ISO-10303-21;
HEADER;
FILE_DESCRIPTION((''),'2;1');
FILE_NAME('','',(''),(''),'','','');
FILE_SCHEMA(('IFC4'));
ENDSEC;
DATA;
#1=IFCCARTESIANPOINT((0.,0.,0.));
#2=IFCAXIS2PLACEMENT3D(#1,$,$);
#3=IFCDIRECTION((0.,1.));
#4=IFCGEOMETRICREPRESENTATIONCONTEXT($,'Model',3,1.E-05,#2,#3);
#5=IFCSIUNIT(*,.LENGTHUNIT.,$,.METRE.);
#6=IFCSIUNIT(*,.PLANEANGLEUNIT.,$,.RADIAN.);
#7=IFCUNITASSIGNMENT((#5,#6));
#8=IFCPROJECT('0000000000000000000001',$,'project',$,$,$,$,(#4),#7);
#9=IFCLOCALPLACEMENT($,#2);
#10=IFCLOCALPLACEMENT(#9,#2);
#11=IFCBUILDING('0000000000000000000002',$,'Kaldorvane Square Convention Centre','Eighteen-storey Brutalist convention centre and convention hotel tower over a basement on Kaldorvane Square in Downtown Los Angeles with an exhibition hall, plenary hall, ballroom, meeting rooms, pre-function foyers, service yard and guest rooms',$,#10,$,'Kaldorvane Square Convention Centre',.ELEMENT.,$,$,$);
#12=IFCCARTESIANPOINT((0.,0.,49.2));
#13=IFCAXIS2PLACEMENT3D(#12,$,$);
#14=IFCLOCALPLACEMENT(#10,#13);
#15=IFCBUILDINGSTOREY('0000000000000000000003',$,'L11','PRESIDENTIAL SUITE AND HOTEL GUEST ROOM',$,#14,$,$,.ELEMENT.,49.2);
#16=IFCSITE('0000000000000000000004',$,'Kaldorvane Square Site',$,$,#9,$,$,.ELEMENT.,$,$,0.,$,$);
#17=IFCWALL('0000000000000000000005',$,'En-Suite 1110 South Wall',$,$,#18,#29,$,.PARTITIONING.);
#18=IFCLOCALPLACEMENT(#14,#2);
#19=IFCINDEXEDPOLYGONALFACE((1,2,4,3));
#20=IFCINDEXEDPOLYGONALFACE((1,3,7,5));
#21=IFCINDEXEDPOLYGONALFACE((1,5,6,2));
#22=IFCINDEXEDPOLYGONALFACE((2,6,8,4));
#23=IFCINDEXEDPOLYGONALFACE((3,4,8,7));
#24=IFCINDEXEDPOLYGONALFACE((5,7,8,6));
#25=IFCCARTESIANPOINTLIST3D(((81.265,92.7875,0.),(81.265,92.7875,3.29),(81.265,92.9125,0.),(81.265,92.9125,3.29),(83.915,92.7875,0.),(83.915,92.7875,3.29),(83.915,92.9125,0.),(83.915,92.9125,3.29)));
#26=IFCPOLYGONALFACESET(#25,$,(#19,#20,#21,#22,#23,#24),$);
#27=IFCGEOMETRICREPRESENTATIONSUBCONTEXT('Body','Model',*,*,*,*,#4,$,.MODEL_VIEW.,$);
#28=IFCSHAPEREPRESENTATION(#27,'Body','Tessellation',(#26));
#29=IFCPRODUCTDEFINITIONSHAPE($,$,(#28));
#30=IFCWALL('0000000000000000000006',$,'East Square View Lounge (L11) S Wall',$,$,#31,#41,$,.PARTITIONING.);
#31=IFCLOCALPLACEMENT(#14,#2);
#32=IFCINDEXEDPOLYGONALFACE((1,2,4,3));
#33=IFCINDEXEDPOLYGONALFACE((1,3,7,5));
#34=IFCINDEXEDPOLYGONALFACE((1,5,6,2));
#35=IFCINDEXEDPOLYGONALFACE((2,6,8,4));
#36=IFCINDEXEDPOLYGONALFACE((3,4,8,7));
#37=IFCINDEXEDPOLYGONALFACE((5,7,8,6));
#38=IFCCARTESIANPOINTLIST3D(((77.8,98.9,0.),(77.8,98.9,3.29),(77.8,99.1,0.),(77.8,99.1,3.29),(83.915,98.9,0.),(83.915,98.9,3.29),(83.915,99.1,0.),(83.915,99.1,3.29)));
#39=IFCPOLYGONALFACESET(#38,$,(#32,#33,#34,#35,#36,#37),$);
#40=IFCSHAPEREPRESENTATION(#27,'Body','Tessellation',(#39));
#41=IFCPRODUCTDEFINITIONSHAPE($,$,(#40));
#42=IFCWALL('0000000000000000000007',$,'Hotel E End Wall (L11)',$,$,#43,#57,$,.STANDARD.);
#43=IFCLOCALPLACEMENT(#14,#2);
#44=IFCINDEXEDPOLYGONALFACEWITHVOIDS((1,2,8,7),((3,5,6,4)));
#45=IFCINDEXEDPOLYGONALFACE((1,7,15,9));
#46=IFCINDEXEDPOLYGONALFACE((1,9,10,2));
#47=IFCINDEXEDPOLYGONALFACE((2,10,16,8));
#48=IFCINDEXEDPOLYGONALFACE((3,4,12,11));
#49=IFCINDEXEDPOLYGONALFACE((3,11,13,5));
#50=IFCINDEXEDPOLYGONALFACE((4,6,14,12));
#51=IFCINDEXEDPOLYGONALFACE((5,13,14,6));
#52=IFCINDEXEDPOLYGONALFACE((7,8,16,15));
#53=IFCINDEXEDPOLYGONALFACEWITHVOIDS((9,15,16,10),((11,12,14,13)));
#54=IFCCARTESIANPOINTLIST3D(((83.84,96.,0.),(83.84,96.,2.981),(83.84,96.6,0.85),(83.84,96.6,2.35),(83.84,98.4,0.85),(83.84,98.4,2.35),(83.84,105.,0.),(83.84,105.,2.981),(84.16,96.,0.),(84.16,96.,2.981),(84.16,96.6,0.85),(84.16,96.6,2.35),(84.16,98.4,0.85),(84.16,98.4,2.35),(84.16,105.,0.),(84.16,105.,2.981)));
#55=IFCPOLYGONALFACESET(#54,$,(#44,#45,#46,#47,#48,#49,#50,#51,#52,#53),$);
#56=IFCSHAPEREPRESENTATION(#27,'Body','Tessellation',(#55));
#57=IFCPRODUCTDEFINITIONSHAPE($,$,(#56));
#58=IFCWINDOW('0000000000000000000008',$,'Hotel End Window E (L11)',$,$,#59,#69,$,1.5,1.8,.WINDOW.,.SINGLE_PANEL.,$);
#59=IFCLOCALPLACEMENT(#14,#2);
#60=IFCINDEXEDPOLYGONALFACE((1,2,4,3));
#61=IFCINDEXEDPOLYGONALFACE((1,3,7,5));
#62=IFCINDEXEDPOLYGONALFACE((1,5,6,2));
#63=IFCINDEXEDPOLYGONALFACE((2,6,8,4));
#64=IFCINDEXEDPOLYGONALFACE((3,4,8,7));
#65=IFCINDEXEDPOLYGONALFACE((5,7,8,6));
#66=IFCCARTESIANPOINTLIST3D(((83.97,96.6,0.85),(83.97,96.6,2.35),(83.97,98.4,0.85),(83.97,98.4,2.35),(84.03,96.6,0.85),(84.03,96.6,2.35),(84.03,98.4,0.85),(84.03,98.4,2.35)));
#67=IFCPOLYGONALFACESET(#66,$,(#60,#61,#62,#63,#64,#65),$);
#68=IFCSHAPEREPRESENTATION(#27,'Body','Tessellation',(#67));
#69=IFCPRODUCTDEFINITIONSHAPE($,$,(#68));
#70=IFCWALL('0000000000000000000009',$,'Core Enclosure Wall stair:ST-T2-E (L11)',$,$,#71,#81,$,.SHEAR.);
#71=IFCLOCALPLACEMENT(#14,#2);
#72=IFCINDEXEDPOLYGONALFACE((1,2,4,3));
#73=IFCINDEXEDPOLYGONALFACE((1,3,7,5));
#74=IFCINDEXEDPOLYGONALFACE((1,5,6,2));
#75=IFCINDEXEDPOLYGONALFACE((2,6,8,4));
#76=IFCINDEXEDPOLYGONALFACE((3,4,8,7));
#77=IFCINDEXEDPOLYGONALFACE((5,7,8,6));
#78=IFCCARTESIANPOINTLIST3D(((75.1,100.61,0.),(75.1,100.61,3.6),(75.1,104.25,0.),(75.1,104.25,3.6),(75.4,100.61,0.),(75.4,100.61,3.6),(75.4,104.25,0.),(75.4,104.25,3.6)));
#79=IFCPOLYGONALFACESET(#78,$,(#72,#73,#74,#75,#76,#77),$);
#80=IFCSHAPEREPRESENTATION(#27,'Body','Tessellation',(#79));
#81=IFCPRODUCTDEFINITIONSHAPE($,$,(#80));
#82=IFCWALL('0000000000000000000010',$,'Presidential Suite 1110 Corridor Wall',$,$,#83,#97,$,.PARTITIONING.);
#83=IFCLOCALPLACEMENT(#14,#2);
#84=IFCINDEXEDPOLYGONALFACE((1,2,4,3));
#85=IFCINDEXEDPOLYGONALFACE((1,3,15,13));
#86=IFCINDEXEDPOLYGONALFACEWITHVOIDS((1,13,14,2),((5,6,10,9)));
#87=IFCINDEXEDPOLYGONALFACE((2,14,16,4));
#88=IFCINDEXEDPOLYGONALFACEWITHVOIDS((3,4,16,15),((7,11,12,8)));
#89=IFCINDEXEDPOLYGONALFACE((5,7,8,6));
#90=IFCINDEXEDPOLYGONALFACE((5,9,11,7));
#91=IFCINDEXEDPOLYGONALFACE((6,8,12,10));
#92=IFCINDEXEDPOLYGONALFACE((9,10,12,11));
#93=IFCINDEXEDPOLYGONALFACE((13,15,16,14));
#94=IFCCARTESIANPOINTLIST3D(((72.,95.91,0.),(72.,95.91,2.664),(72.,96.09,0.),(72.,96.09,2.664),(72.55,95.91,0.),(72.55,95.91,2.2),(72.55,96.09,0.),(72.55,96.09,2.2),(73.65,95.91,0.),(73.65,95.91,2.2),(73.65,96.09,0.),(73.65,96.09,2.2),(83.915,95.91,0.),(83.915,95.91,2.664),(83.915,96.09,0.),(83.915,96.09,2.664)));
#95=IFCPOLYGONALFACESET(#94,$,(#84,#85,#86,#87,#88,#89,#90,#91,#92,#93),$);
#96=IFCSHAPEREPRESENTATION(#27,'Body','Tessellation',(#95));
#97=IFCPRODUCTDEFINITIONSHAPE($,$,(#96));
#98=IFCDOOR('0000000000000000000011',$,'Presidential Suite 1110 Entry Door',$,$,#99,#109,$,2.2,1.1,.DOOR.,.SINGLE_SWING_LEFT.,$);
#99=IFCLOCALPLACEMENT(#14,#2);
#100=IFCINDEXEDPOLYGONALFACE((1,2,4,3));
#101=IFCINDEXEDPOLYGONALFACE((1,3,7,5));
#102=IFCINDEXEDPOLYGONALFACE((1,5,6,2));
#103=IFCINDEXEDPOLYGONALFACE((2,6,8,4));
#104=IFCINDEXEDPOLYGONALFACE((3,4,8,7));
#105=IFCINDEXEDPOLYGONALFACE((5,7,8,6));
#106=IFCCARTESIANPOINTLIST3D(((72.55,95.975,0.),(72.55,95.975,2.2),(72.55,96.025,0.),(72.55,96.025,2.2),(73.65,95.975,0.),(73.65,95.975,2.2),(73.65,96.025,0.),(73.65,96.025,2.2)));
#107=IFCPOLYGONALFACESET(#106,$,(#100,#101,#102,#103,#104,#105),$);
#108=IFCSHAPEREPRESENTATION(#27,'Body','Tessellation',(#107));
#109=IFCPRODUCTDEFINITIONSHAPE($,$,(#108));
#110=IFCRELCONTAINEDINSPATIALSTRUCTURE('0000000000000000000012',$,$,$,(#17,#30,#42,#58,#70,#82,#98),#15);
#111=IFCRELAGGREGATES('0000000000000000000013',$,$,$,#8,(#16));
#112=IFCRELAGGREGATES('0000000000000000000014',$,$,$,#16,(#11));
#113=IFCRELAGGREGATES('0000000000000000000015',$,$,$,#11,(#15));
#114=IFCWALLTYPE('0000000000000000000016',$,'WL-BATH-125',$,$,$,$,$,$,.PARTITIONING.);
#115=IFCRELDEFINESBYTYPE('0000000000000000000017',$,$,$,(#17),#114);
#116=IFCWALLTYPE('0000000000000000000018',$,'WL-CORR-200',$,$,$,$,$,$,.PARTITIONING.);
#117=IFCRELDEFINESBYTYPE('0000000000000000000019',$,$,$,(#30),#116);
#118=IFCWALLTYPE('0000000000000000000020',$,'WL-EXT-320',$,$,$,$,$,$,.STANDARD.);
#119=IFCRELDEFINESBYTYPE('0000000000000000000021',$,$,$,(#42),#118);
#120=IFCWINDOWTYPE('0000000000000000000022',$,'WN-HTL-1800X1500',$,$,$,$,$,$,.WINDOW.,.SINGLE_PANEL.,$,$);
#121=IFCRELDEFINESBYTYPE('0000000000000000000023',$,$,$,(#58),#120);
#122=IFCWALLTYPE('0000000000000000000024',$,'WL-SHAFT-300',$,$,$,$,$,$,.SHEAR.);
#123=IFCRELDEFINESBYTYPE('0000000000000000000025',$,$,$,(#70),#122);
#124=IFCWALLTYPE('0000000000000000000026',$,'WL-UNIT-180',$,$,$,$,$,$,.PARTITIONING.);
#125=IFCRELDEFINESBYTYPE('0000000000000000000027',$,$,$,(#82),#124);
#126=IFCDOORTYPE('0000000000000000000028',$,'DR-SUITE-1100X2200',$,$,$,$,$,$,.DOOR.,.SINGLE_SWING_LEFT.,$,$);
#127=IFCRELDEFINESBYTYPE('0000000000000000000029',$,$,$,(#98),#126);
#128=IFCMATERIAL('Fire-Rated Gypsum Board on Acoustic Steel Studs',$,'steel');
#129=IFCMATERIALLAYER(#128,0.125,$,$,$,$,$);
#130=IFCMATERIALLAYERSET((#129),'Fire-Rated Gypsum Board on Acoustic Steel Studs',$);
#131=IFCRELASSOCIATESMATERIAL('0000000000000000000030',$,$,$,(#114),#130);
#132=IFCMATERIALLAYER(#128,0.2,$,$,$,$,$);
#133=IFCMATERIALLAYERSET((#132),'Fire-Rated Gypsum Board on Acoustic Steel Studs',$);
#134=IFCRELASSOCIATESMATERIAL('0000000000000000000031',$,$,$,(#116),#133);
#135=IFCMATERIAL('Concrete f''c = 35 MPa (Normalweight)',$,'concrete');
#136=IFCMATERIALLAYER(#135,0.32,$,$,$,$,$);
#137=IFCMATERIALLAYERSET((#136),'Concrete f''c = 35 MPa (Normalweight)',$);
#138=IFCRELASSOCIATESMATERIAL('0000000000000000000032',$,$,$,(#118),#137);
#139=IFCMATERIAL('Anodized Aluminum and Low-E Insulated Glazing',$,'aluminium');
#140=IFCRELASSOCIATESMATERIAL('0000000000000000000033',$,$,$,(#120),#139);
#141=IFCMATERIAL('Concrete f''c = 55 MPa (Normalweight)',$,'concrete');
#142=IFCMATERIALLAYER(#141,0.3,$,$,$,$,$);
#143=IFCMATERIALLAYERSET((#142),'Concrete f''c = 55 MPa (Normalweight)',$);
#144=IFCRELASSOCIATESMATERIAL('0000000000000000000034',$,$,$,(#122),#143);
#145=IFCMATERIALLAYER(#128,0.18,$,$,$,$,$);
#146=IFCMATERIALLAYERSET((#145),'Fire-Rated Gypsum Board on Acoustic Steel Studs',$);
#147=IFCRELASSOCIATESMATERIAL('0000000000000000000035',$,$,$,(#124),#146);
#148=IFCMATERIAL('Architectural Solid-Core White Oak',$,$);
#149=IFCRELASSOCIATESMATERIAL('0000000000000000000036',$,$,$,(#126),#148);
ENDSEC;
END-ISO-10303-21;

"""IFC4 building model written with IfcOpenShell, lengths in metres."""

from ifc_helpers import new_model, si_unit, direction, frame, frame_2d, origin, place, context, subcontext, project, spatial, rectangle, extrude, material, layer, layer_set, type_object, element, fill, save


model = new_model("IFC4")

# Units and contexts
model_context = context("Model", 3, precision=1e-05, world=origin(), true_north=direction((0.0, 1.0)))
body_context = subcontext(model_context, "Body", "Model", "MODEL_VIEW")
ifc_project = project(units=[si_unit("LENGTHUNIT", "METRE"), si_unit("PLANEANGLEUNIT", "RADIAN")], contexts=[model_context])

# Site, building, storey
site_placement = place(None, origin())
site = spatial("IfcSite", under=ifc_project, at=site_placement, Name="Kaldorvane Square Site", CompositionType="ELEMENT", RefElevation=0.0)
building_placement = place(site_placement, origin())
building = spatial("IfcBuilding", under=site, at=building_placement, Name="Kaldorvane Square Convention Centre", Description="Eighteen-storey Brutalist convention centre and convention hotel tower over a basement on Kaldorvane Square in Downtown Los Angeles with an exhibition hall, plenary hall, ballroom, meeting rooms, pre-function foyers, service yard and guest rooms", LongName="Kaldorvane Square Convention Centre", CompositionType="ELEMENT")
storey_placement = place(building_placement, frame((0.0, 0.0, 49.2)))
storey = spatial("IfcBuildingStorey", under=building, at=storey_placement, Name="L11", Description="PRESIDENTIAL SUITE AND HOTEL GUEST ROOM", CompositionType="ELEMENT", Elevation=49.2)

# Shared definitions
ifc_material_1 = material(Name="Anodized Aluminum and Low-E Insulated Glazing", Category="aluminium")

# Shared definitions
ifc_material_2 = material(Name="Fire-Rated Gypsum Board on Acoustic Steel Studs", Category="steel")
ifc_layer_1 = layer(ifc_material_2, 0.125)
ifc_layer_set_1 = layer_set([ifc_layer_1], Name="Fire-Rated Gypsum Board on Acoustic Steel Studs")
wall_type_1 = type_object("IfcWallType", Name="WL-BATH-125", PredefinedType="PARTITIONING", material=ifc_layer_set_1)
ifc_material_3 = material(Name="Architectural Solid-Core White Oak")

# Walls
wall_1_placement = place(storey_placement, frame((81.265, 92.85, 0.0), z_axis=(0.0, 0.0, 1.0), x_axis=(1.0, 0.0, 0.0)))
element("IfcWall", 1, at=wall_1_placement, inside=storey, type_object=wall_type_1, Name="En-Suite 1110 South Wall", PredefinedType="PARTITIONING", context=body_context, shape_type="SweptSolid", body=[
    extrude(rectangle(XDim=2.65, YDim=0.125, at=frame_2d((1.325, 0.0))), origin(), (0.0, 0.0, 1.0), 3.29),
])
ifc_layer_2 = layer(ifc_material_2, 0.2)
ifc_layer_set_2 = layer_set([ifc_layer_2], Name="Fire-Rated Gypsum Board on Acoustic Steel Studs")
wall_type_2 = type_object("IfcWallType", Name="WL-CORR-200", PredefinedType="PARTITIONING", material=ifc_layer_set_2)
wall_2_placement = place(storey_placement, frame((77.8, 99.0, 0.0), z_axis=(0.0, 0.0, 1.0), x_axis=(1.0, 0.0, 0.0)))
element("IfcWall", 2, at=wall_2_placement, inside=storey, type_object=wall_type_2, Name="East Square View Lounge (L11) S Wall", PredefinedType="PARTITIONING", context=body_context, shape_type="SweptSolid", body=[
    extrude(rectangle(XDim=6.115, YDim=0.2, at=frame_2d((3.0575, 0.0))), origin(), (0.0, 0.0, 1.0), 3.29),
])

# Wall, opening, window
ifc_material_4 = material(Name="Concrete f'c = 35 MPa (Normalweight)", Category="concrete")
ifc_layer_3 = layer(ifc_material_4, 0.32)
ifc_layer_set_3 = layer_set([ifc_layer_3], Name="Concrete f'c = 35 MPa (Normalweight)")
wall_type_3 = type_object("IfcWallType", Name="WL-EXT-320", PredefinedType="STANDARD", material=ifc_layer_set_3)
wall_3_placement = place(storey_placement, frame((84.0, 96.0, 0.0), z_axis=(0.0, 0.0, 1.0), x_axis=(0.0, 1.0, 0.0)))
wall_3 = element("IfcWall", 3, at=wall_3_placement, inside=storey, type_object=wall_type_3, Name="Hotel E End Wall (L11)", PredefinedType="STANDARD", context=body_context, shape_type="SweptSolid", body=[
    extrude(rectangle(XDim=9.0, YDim=0.32, at=frame_2d((4.5, 0.0))), origin(), (0.0, 0.0, 1.0), 2.981),
])
opening_1_placement = place(wall_3_placement, frame((0.6, 0.0, 0.85)))
opening_1 = element("IfcOpeningElement", 4, at=opening_1_placement, cuts=wall_3, PredefinedType="OPENING", context=body_context, shape_type="SweptSolid", body=[
    extrude(rectangle(XDim=1.8, YDim=1.5, at=frame_2d((0.9, 0.75))), frame((0.0, 0.175, 0.0), z_axis=(0.0, -1.0, 0.0), x_axis=(1.0, 0.0, 0.0)), (0.0, 0.0, 1.0), 0.35),
])
window_type = type_object("IfcWindowType", Name="WN-HTL-1800X1500", PartitioningType="SINGLE_PANEL", PredefinedType="WINDOW", material=ifc_material_1)
window_placement = place(opening_1_placement, origin())
window = element("IfcWindow", 5, at=window_placement, inside=storey, type_object=window_type, Name="Hotel End Window E (L11)", OverallHeight=1.5, OverallWidth=1.8, PartitioningType="SINGLE_PANEL", PredefinedType="WINDOW", context=body_context, shape_type="SweptSolid", body=[
    extrude(rectangle(XDim=1.8, YDim=1.5, at=frame_2d((0.9, 0.75))), frame((0.0, 0.03, 0.0), z_axis=(0.0, -1.0, 0.0), x_axis=(1.0, 0.0, 0.0)), (0.0, 0.0, 1.0), 0.06),
])
fill(opening_1, window)

# Wall
ifc_material_5 = material(Name="Concrete f'c = 55 MPa (Normalweight)", Category="concrete")
ifc_layer_4 = layer(ifc_material_5, 0.3)
ifc_layer_set_4 = layer_set([ifc_layer_4], Name="Concrete f'c = 55 MPa (Normalweight)")
wall_type_4 = type_object("IfcWallType", Name="WL-SHAFT-300", PredefinedType="SHEAR", material=ifc_layer_set_4)
wall_4_placement = place(storey_placement, frame((75.25, 100.61, 0.0), z_axis=(0.0, 0.0, 1.0), x_axis=(0.0, 1.0, 0.0)))
element("IfcWall", 6, at=wall_4_placement, inside=storey, type_object=wall_type_4, Name="Core Enclosure Wall stair:ST-T2-E (L11)", PredefinedType="SHEAR", context=body_context, shape_type="SweptSolid", body=[
    extrude(rectangle(XDim=3.64, YDim=0.3, at=frame_2d((1.82, 0.0))), origin(), (0.0, 0.0, 1.0), 3.6),
])

# Wall, opening, door
ifc_layer_5 = layer(ifc_material_2, 0.18)
ifc_layer_set_5 = layer_set([ifc_layer_5], Name="Fire-Rated Gypsum Board on Acoustic Steel Studs")
wall_type_5 = type_object("IfcWallType", Name="WL-UNIT-180", PredefinedType="PARTITIONING", material=ifc_layer_set_5)
wall_5_placement = place(storey_placement, frame((72.0, 96.0, 0.0), z_axis=(0.0, 0.0, 1.0), x_axis=(1.0, 0.0, 0.0)))
wall_5 = element("IfcWall", 7, at=wall_5_placement, inside=storey, type_object=wall_type_5, Name="Presidential Suite 1110 Corridor Wall", PredefinedType="PARTITIONING", context=body_context, shape_type="SweptSolid", body=[
    extrude(rectangle(XDim=11.915, YDim=0.18, at=frame_2d((5.9575, 0.0))), origin(), (0.0, 0.0, 1.0), 2.664),
])
opening_2_placement = place(wall_5_placement, frame((0.55, 0.0, 0.0)))
opening_2 = element("IfcOpeningElement", 8, at=opening_2_placement, cuts=wall_5, PredefinedType="OPENING", context=body_context, shape_type="SweptSolid", body=[
    extrude(rectangle(XDim=1.1, YDim=2.2, at=frame_2d((0.55, 1.1))), frame((0.0, 0.105, 0.0), z_axis=(0.0, -1.0, 0.0), x_axis=(1.0, 0.0, 0.0)), (0.0, 0.0, 1.0), 0.21),
])
door_type_1 = type_object("IfcDoorType", Name="DR-SUITE-1100X2200", OperationType="SINGLE_SWING_LEFT", PredefinedType="DOOR", material=ifc_material_3)
door_1_placement = place(opening_2_placement, origin())
door_1 = element("IfcDoor", 9, at=door_1_placement, inside=storey, type_object=door_type_1, Name="Presidential Suite 1110 Entry Door", OperationType="SINGLE_SWING_LEFT", OverallHeight=2.2, OverallWidth=1.1, PredefinedType="DOOR", context=body_context, shape_type="SweptSolid", body=[
    extrude(rectangle(XDim=1.1, YDim=2.2, at=frame_2d((0.55, 1.1))), frame((0.0, 0.025, 0.0), z_axis=(0.0, -1.0, 0.0), x_axis=(1.0, 0.0, 0.0)), (0.0, 0.0, 1.0), 0.05),
])
fill(opening_2, door_1)

save(model, "model.ifc")
